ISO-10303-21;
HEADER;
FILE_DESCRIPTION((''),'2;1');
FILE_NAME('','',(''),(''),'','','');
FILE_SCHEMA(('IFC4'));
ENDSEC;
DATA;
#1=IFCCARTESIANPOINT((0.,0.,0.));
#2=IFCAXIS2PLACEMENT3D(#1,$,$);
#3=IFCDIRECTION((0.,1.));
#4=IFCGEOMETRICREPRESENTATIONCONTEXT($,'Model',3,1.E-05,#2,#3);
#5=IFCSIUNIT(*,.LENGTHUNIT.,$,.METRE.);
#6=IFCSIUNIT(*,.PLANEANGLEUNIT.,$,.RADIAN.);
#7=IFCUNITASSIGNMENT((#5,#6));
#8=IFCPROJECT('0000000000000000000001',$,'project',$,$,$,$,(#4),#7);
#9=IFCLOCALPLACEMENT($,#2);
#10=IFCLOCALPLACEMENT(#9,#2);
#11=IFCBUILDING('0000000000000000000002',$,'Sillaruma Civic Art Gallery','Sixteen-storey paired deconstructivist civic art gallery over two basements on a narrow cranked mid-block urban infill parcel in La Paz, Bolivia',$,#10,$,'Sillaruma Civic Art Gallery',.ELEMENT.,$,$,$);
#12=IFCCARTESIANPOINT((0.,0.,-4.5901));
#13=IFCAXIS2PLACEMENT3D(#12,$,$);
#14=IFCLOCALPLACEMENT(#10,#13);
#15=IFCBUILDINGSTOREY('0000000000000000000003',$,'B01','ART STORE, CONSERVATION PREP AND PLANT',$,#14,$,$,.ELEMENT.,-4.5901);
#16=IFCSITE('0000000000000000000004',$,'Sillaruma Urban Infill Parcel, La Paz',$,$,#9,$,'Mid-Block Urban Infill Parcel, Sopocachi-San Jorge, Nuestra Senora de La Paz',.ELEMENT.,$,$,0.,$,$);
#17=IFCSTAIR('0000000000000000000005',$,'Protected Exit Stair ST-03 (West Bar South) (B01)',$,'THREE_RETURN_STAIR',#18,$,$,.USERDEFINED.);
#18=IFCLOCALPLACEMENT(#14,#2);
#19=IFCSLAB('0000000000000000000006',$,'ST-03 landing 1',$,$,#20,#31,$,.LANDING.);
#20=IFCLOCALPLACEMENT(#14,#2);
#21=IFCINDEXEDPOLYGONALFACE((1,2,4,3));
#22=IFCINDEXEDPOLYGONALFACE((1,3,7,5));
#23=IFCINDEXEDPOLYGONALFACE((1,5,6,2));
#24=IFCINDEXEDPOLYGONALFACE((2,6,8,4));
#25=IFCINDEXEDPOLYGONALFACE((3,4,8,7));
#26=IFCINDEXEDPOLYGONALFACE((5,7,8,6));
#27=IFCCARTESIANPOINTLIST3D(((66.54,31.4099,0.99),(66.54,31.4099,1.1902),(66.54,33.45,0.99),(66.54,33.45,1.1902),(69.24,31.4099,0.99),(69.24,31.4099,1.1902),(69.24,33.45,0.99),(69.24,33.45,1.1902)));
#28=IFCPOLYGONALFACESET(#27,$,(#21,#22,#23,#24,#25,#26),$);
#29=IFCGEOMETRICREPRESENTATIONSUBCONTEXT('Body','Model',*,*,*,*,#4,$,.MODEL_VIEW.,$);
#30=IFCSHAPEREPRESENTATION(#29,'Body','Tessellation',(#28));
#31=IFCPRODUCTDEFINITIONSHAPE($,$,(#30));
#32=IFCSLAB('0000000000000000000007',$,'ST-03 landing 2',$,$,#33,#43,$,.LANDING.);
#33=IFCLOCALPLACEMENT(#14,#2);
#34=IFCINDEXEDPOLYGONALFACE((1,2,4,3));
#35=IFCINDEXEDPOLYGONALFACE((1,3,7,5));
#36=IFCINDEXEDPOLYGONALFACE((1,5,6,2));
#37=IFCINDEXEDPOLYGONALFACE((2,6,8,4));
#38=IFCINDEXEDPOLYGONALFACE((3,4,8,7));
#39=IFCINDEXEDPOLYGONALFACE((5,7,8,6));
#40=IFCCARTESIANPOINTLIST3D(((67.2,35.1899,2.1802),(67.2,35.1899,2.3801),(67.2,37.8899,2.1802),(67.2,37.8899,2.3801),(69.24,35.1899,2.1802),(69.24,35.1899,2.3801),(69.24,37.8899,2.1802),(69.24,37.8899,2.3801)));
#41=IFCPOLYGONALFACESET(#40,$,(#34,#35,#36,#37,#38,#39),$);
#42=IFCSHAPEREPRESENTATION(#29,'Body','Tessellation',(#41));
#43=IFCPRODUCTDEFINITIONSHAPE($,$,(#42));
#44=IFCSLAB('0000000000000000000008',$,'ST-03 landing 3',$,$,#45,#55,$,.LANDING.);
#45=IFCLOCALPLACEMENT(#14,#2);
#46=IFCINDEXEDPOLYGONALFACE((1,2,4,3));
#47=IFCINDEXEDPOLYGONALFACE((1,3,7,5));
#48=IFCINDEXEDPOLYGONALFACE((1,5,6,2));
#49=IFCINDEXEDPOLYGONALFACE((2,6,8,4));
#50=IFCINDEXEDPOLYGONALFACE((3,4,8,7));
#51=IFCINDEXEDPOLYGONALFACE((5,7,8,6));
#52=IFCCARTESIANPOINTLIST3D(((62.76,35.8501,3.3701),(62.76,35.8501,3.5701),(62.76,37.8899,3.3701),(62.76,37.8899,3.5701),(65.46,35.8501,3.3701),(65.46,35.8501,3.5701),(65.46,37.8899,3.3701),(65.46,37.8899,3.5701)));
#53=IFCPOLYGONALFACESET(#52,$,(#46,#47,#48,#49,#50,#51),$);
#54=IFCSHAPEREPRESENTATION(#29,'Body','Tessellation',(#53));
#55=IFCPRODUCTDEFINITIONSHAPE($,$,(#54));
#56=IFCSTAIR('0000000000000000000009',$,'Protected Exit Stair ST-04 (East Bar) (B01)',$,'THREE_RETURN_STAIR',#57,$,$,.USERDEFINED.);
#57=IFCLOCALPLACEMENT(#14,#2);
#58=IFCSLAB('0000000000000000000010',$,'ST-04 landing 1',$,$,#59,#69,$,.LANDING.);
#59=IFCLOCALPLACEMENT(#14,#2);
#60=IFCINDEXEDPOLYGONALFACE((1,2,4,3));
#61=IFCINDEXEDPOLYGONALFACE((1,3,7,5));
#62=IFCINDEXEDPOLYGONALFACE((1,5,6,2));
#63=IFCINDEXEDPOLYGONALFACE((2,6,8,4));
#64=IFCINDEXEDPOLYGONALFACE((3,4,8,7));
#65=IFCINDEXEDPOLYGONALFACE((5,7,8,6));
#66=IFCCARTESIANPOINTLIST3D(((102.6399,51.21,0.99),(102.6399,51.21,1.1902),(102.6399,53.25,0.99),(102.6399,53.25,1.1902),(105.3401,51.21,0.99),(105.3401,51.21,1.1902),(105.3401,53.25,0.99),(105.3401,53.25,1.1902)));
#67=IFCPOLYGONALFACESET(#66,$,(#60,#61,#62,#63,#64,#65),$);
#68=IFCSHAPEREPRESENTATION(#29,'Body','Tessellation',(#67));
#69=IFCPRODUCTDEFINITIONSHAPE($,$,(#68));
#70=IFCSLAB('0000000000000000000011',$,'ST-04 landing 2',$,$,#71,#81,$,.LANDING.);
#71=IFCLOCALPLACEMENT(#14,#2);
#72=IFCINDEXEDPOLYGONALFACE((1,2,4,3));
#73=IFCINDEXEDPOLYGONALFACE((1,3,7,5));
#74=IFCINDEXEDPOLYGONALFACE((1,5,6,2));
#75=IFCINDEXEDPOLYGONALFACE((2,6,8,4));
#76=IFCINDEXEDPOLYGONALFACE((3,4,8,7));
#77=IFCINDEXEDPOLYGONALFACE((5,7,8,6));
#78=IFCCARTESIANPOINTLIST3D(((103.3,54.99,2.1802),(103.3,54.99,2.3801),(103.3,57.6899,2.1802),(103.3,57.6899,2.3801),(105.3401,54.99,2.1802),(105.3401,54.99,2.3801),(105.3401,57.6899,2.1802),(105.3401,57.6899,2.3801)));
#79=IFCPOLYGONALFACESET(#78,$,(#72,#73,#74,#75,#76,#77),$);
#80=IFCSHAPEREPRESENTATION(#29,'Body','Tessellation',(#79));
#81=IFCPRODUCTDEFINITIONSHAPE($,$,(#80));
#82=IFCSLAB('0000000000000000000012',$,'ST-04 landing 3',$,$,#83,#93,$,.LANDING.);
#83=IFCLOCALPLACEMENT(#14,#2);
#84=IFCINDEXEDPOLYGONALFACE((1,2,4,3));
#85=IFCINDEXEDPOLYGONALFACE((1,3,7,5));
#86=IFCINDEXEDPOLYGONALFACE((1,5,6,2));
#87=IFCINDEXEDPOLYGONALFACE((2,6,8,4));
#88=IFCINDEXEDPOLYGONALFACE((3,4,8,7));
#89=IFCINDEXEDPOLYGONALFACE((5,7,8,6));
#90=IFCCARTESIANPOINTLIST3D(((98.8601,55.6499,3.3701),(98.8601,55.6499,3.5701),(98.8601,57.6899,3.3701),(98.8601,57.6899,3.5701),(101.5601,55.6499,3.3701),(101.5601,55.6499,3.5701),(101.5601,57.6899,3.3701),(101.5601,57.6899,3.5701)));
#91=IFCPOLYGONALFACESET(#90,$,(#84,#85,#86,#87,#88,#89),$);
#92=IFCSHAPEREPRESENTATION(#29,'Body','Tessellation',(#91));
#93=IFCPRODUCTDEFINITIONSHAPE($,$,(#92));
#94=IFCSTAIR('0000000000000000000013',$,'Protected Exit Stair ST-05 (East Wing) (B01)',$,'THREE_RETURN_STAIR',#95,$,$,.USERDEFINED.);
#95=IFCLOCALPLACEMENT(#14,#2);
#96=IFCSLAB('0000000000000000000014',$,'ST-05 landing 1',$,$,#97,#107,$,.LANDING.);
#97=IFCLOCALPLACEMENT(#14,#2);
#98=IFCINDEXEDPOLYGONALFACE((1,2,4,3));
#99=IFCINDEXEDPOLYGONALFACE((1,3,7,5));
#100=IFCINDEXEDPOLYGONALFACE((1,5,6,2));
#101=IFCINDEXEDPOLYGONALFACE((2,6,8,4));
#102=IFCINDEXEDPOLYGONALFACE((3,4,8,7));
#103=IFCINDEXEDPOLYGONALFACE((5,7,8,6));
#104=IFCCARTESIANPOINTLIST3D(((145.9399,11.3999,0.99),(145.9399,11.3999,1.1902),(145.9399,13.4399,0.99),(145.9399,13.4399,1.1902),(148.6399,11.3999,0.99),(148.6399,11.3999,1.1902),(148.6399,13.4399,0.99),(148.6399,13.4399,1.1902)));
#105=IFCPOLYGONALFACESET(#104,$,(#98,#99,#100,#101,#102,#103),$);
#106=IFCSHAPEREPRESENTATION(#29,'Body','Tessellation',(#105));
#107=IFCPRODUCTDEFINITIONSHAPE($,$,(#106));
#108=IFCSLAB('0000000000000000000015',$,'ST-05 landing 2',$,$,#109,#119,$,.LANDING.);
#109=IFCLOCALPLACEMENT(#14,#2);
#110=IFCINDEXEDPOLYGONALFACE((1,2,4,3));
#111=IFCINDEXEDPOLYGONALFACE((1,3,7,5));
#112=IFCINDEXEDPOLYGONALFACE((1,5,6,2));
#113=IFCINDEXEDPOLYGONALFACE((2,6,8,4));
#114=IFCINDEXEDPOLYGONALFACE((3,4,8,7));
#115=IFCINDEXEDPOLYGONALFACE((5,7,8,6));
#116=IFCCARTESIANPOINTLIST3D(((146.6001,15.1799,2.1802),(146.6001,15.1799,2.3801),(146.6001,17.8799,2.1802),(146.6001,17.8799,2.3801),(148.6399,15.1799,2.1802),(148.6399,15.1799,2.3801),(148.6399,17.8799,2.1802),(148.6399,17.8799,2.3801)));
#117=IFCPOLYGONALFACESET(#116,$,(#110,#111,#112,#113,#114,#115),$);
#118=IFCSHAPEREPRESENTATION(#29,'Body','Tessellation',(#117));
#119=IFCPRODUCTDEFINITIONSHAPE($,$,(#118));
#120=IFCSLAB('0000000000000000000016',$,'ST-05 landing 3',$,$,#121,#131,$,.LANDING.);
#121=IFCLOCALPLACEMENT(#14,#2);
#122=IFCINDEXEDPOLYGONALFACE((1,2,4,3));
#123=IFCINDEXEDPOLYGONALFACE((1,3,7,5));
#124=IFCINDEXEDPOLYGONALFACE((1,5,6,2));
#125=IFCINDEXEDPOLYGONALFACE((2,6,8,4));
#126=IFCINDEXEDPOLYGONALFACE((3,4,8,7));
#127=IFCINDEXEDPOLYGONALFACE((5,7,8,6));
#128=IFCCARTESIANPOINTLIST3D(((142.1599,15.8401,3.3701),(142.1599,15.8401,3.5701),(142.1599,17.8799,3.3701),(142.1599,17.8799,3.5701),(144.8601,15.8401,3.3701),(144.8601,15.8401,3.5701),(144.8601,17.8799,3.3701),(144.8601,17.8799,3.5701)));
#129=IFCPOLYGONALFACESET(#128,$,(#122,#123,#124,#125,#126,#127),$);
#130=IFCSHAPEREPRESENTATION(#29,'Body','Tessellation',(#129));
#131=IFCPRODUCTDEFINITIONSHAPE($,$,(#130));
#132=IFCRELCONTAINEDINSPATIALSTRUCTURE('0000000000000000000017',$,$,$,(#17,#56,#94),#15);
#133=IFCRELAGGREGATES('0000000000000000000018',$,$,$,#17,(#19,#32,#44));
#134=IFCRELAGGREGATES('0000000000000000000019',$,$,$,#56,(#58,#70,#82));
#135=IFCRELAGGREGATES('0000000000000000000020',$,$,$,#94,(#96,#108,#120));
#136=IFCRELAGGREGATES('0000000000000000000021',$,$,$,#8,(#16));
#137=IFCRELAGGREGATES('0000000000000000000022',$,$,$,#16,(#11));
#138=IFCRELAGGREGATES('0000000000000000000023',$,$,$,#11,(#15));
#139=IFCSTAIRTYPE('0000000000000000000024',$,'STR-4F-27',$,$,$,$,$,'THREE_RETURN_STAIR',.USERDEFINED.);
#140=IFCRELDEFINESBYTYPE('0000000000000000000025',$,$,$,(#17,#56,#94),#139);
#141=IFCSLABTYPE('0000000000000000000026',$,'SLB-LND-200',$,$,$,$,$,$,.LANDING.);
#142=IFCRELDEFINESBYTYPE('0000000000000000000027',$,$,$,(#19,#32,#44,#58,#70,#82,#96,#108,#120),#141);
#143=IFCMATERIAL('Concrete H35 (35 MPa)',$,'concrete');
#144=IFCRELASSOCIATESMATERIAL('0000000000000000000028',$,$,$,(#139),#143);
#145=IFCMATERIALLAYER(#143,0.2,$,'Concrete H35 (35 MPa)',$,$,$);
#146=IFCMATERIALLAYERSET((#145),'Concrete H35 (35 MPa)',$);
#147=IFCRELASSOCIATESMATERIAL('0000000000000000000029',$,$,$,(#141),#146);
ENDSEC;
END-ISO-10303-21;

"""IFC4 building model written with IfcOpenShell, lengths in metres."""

from ifc_helpers import new_model, si_unit, direction, frame, origin, place, context, subcontext, project, spatial, polyline, outline, extrude, material, layer, layer_set, type_object, element, aggregate, save


model = new_model("IFC4")

# Units and contexts
model_context = context("Model", 3, precision=1e-05, world=origin(), true_north=direction((0.0, 1.0)))
body_context = subcontext(model_context, "Body", "Model", "MODEL_VIEW")
ifc_project = project(units=[si_unit("LENGTHUNIT", "METRE"), si_unit("PLANEANGLEUNIT", "RADIAN")], contexts=[model_context])

# Site, building, storey
site_placement = place(None, origin())
site = spatial("IfcSite", under=ifc_project, at=site_placement, Name="Sillaruma Urban Infill Parcel, La Paz", LongName="Mid-Block Urban Infill Parcel, Sopocachi-San Jorge, Nuestra Senora de La Paz", CompositionType="ELEMENT", RefElevation=0.0)
building_placement = place(site_placement, origin())
building = spatial("IfcBuilding", under=site, at=building_placement, Name="Sillaruma Civic Art Gallery", Description="Sixteen-storey paired deconstructivist civic art gallery over two basements on a narrow cranked mid-block urban infill parcel in La Paz, Bolivia", LongName="Sillaruma Civic Art Gallery", CompositionType="ELEMENT")
storey_placement = place(building_placement, frame((0.0, 0.0, -4.5901)))
storey = spatial("IfcBuildingStorey", under=building, at=storey_placement, Name="B01", Description="ART STORE, CONSERVATION PREP AND PLANT", CompositionType="ELEMENT", Elevation=-4.5901)

# Shared definitions
ifc_material = material(Name="Concrete H35 (35 MPa)", Category="concrete")

# Stairs, slabs
stair_type_1 = type_object("IfcStairType", Name="STR-4F-27", ElementType="THREE_RETURN_STAIR", PredefinedType="USERDEFINED", material=ifc_material)
ifc_layer_1 = layer(ifc_material, 0.2, Name="Concrete H35 (35 MPa)")
ifc_layer_set_1 = layer_set([ifc_layer_1], Name="Concrete H35 (35 MPa)")
slab_type_1 = type_object("IfcSlabType", Name="SLB-LND-200", PredefinedType="LANDING", material=ifc_layer_set_1)
stair_1_placement = place(storey_placement, origin())
stair_1 = element("IfcStair", 1, at=stair_1_placement, inside=storey, type_object=stair_type_1, Name="Protected Exit Stair ST-03 (West Bar South) (B01)", ObjectType="THREE_RETURN_STAIR", PredefinedType="USERDEFINED")
slab_1_placement = place(storey_placement, frame((0.0, 0.0, 0.99)))
slab_1 = element("IfcSlab", 2, at=slab_1_placement, type_object=slab_type_1, Name="ST-03 landing 1", PredefinedType="LANDING", context=body_context, shape_type="SweptSolid", body=[
    extrude(outline(polyline([(66.54, 31.4099), (69.24, 31.4099), (69.24, 33.45), (66.54, 33.45), (66.54, 31.4099)])), origin(), (0.0, 0.0, 1.0), 0.2002),
])
slab_2_placement = place(storey_placement, frame((0.0, 0.0, 2.1802)))
slab_2 = element("IfcSlab", 3, at=slab_2_placement, type_object=slab_type_1, Name="ST-03 landing 2", PredefinedType="LANDING", context=body_context, shape_type="SweptSolid", body=[
    extrude(outline(polyline([(67.2, 35.1899), (69.24, 35.1899), (69.24, 37.8899), (67.2, 37.8899), (67.2, 35.1899)])), origin(), (0.0, 0.0, 1.0), 0.2),
])
slab_3_placement = place(storey_placement, frame((0.0, 0.0, 3.3701)))
slab_3 = element("IfcSlab", 4, at=slab_3_placement, type_object=slab_type_1, Name="ST-03 landing 3", PredefinedType="LANDING", context=body_context, shape_type="SweptSolid", body=[
    extrude(outline(polyline([(62.76, 35.8501), (65.46, 35.8501), (65.46, 37.8899), (62.76, 37.8899), (62.76, 35.8501)])), origin(), (0.0, 0.0, 1.0), 0.2),
])
aggregate(stair_1, [slab_1, slab_2, slab_3])
stair_2_placement = place(storey_placement, origin())
stair_2 = element("IfcStair", 5, at=stair_2_placement, inside=storey, type_object=stair_type_1, Name="Protected Exit Stair ST-04 (East Bar) (B01)", ObjectType="THREE_RETURN_STAIR", PredefinedType="USERDEFINED")
slab_4_placement = place(storey_placement, frame((0.0, 0.0, 0.99)))
slab_4 = element("IfcSlab", 6, at=slab_4_placement, type_object=slab_type_1, Name="ST-04 landing 1", PredefinedType="LANDING", context=body_context, shape_type="SweptSolid", body=[
    extrude(outline(polyline([(102.6399, 51.21), (105.3401, 51.21), (105.3401, 53.25), (102.6399, 53.25), (102.6399, 51.21)])), origin(), (0.0, 0.0, 1.0), 0.2002),
])
slab_5_placement = place(storey_placement, frame((0.0, 0.0, 2.1802)))
slab_5 = element("IfcSlab", 7, at=slab_5_placement, type_object=slab_type_1, Name="ST-04 landing 2", PredefinedType="LANDING", context=body_context, shape_type="SweptSolid", body=[
    extrude(outline(polyline([(103.3, 54.99), (105.3401, 54.99), (105.3401, 57.6899), (103.3, 57.6899), (103.3, 54.99)])), origin(), (0.0, 0.0, 1.0), 0.2),
])
slab_6_placement = place(storey_placement, frame((0.0, 0.0, 3.3701)))
slab_6 = element("IfcSlab", 8, at=slab_6_placement, type_object=slab_type_1, Name="ST-04 landing 3", PredefinedType="LANDING", context=body_context, shape_type="SweptSolid", body=[
    extrude(outline(polyline([(98.8601, 55.6499), (101.5601, 55.6499), (101.5601, 57.6899), (98.8601, 57.6899), (98.8601, 55.6499)])), origin(), (0.0, 0.0, 1.0), 0.2),
])
aggregate(stair_2, [slab_4, slab_5, slab_6])
stair_3_placement = place(storey_placement, origin())
stair_3 = element("IfcStair", 9, at=stair_3_placement, inside=storey, type_object=stair_type_1, Name="Protected Exit Stair ST-05 (East Wing) (B01)", ObjectType="THREE_RETURN_STAIR", PredefinedType="USERDEFINED")
slab_7_placement = place(storey_placement, frame((0.0, 0.0, 0.99)))
slab_7 = element("IfcSlab", 10, at=slab_7_placement, type_object=slab_type_1, Name="ST-05 landing 1", PredefinedType="LANDING", context=body_context, shape_type="SweptSolid", body=[
    extrude(outline(polyline([(145.9399, 11.3999), (148.6399, 11.3999), (148.6399, 13.4399), (145.9399, 13.4399), (145.9399, 11.3999)])), origin(), (0.0, 0.0, 1.0), 0.2002),
])
slab_8_placement = place(storey_placement, frame((0.0, 0.0, 2.1802)))
slab_8 = element("IfcSlab", 11, at=slab_8_placement, type_object=slab_type_1, Name="ST-05 landing 2", PredefinedType="LANDING", context=body_context, shape_type="SweptSolid", body=[
    extrude(outline(polyline([(146.6001, 15.1799), (148.6399, 15.1799), (148.6399, 17.8799), (146.6001, 17.8799), (146.6001, 15.1799)])), origin(), (0.0, 0.0, 1.0), 0.2),
])
slab_9_placement = place(storey_placement, frame((0.0, 0.0, 3.3701)))
slab_9 = element("IfcSlab", 12, at=slab_9_placement, type_object=slab_type_1, Name="ST-05 landing 3", PredefinedType="LANDING", context=body_context, shape_type="SweptSolid", body=[
    extrude(outline(polyline([(142.1599, 15.8401), (144.8601, 15.8401), (144.8601, 17.8799), (142.1599, 17.8799), (142.1599, 15.8401)])), origin(), (0.0, 0.0, 1.0), 0.2),
])
aggregate(stair_3, [slab_7, slab_8, slab_9])

save(model, "model.ifc")
